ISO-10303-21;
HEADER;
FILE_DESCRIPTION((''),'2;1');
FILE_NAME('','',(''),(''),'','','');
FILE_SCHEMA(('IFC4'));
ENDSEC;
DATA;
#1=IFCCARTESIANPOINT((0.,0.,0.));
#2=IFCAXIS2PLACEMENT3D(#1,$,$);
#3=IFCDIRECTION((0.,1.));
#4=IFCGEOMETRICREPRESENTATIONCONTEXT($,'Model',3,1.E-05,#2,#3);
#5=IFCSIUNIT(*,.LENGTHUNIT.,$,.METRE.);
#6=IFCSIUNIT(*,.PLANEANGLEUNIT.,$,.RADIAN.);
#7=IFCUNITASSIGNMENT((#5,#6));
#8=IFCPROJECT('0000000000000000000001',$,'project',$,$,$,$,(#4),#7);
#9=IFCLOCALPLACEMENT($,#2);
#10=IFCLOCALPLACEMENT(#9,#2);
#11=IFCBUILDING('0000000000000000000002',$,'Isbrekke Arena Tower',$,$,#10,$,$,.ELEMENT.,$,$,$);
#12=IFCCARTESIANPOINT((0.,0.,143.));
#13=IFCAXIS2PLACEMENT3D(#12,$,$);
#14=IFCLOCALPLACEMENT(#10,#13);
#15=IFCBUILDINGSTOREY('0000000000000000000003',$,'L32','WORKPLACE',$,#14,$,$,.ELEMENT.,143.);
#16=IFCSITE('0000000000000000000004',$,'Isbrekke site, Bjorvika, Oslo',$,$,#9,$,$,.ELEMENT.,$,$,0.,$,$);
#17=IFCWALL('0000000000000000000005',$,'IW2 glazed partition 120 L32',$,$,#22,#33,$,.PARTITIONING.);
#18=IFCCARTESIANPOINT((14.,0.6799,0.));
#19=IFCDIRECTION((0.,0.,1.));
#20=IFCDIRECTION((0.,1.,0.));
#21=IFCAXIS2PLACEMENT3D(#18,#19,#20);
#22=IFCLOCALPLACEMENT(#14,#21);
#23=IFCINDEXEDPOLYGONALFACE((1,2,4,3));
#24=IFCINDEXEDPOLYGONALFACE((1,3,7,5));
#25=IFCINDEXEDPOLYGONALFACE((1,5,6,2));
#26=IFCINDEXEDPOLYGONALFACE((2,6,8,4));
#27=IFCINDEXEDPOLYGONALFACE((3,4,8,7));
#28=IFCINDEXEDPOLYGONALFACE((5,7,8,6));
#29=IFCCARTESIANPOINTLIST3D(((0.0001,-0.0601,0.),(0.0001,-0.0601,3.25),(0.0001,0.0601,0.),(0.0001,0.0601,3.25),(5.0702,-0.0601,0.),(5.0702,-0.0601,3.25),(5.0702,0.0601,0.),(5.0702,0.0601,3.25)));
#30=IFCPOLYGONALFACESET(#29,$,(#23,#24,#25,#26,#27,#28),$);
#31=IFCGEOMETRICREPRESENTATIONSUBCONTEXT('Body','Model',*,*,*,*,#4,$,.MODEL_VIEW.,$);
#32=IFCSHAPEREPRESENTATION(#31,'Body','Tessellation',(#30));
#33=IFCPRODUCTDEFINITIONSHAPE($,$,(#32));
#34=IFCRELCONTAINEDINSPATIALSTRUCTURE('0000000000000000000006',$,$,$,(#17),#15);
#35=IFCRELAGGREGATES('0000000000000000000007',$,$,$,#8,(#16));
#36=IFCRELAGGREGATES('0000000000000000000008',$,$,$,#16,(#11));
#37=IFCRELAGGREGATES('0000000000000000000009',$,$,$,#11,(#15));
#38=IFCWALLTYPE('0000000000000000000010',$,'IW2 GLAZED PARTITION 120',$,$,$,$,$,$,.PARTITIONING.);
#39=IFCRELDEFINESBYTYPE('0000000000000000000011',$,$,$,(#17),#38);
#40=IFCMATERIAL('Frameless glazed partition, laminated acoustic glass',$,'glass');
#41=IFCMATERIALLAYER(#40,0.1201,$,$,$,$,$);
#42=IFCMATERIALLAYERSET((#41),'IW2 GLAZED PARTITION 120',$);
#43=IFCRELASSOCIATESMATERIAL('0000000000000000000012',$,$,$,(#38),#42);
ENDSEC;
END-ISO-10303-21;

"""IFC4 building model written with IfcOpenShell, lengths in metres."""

from ifc_helpers import new_model, si_unit, direction, frame, frame_2d, origin, place, context, subcontext, project, spatial, rectangle, extrude, material, layer, layer_set, type_object, element, save


model = new_model("IFC4")

# Units and contexts
model_context = context("Model", 3, precision=1e-05, world=origin(), true_north=direction((0.0, 1.0)))
body_context = subcontext(model_context, "Body", "Model", "MODEL_VIEW")
ifc_project = project(units=[si_unit("LENGTHUNIT", "METRE"), si_unit("PLANEANGLEUNIT", "RADIAN")], contexts=[model_context])

# Site, building, storey
site_placement = place(None, origin())
site = spatial("IfcSite", under=ifc_project, at=site_placement, Name="Isbrekke site, Bjorvika, Oslo", CompositionType="ELEMENT", RefElevation=0.0)
building_placement = place(site_placement, origin())
building = spatial("IfcBuilding", under=site, at=building_placement, Name="Isbrekke Arena Tower", CompositionType="ELEMENT")
storey_placement = place(building_placement, frame((0.0, 0.0, 143.0)))
storey = spatial("IfcBuildingStorey", under=building, at=storey_placement, Name="L32", Description="WORKPLACE", CompositionType="ELEMENT", Elevation=143.0)

# Shared definitions
ifc_material_1 = material(Name="Frameless glazed partition, laminated acoustic glass", Category="glass")
ifc_layer_1 = layer(ifc_material_1, 0.1201)
ifc_layer_set_1 = layer_set([ifc_layer_1], Name="IW2 GLAZED PARTITION 120")
wall_type_1 = type_object("IfcWallType", Name="IW2 GLAZED PARTITION 120", PredefinedType="PARTITIONING", material=ifc_layer_set_1)

# Wall
wall_1_placement = place(storey_placement, frame((14.0, 0.6799, 0.0), z_axis=(0.0, 0.0, 1.0), x_axis=(0.0, 1.0, 0.0)))
element("IfcWall", 1, at=wall_1_placement, inside=storey, type_object=wall_type_1, Name="IW2 glazed partition 120 L32", PredefinedType="PARTITIONING", context=body_context, shape_type="SweptSolid", body=[
    extrude(rectangle(XDim=5.0701, YDim=0.1201, at=frame_2d((2.5352, 0.0))), origin(), (0.0, 0.0, 1.0), 3.25),
])

save(model, "model.ifc")
